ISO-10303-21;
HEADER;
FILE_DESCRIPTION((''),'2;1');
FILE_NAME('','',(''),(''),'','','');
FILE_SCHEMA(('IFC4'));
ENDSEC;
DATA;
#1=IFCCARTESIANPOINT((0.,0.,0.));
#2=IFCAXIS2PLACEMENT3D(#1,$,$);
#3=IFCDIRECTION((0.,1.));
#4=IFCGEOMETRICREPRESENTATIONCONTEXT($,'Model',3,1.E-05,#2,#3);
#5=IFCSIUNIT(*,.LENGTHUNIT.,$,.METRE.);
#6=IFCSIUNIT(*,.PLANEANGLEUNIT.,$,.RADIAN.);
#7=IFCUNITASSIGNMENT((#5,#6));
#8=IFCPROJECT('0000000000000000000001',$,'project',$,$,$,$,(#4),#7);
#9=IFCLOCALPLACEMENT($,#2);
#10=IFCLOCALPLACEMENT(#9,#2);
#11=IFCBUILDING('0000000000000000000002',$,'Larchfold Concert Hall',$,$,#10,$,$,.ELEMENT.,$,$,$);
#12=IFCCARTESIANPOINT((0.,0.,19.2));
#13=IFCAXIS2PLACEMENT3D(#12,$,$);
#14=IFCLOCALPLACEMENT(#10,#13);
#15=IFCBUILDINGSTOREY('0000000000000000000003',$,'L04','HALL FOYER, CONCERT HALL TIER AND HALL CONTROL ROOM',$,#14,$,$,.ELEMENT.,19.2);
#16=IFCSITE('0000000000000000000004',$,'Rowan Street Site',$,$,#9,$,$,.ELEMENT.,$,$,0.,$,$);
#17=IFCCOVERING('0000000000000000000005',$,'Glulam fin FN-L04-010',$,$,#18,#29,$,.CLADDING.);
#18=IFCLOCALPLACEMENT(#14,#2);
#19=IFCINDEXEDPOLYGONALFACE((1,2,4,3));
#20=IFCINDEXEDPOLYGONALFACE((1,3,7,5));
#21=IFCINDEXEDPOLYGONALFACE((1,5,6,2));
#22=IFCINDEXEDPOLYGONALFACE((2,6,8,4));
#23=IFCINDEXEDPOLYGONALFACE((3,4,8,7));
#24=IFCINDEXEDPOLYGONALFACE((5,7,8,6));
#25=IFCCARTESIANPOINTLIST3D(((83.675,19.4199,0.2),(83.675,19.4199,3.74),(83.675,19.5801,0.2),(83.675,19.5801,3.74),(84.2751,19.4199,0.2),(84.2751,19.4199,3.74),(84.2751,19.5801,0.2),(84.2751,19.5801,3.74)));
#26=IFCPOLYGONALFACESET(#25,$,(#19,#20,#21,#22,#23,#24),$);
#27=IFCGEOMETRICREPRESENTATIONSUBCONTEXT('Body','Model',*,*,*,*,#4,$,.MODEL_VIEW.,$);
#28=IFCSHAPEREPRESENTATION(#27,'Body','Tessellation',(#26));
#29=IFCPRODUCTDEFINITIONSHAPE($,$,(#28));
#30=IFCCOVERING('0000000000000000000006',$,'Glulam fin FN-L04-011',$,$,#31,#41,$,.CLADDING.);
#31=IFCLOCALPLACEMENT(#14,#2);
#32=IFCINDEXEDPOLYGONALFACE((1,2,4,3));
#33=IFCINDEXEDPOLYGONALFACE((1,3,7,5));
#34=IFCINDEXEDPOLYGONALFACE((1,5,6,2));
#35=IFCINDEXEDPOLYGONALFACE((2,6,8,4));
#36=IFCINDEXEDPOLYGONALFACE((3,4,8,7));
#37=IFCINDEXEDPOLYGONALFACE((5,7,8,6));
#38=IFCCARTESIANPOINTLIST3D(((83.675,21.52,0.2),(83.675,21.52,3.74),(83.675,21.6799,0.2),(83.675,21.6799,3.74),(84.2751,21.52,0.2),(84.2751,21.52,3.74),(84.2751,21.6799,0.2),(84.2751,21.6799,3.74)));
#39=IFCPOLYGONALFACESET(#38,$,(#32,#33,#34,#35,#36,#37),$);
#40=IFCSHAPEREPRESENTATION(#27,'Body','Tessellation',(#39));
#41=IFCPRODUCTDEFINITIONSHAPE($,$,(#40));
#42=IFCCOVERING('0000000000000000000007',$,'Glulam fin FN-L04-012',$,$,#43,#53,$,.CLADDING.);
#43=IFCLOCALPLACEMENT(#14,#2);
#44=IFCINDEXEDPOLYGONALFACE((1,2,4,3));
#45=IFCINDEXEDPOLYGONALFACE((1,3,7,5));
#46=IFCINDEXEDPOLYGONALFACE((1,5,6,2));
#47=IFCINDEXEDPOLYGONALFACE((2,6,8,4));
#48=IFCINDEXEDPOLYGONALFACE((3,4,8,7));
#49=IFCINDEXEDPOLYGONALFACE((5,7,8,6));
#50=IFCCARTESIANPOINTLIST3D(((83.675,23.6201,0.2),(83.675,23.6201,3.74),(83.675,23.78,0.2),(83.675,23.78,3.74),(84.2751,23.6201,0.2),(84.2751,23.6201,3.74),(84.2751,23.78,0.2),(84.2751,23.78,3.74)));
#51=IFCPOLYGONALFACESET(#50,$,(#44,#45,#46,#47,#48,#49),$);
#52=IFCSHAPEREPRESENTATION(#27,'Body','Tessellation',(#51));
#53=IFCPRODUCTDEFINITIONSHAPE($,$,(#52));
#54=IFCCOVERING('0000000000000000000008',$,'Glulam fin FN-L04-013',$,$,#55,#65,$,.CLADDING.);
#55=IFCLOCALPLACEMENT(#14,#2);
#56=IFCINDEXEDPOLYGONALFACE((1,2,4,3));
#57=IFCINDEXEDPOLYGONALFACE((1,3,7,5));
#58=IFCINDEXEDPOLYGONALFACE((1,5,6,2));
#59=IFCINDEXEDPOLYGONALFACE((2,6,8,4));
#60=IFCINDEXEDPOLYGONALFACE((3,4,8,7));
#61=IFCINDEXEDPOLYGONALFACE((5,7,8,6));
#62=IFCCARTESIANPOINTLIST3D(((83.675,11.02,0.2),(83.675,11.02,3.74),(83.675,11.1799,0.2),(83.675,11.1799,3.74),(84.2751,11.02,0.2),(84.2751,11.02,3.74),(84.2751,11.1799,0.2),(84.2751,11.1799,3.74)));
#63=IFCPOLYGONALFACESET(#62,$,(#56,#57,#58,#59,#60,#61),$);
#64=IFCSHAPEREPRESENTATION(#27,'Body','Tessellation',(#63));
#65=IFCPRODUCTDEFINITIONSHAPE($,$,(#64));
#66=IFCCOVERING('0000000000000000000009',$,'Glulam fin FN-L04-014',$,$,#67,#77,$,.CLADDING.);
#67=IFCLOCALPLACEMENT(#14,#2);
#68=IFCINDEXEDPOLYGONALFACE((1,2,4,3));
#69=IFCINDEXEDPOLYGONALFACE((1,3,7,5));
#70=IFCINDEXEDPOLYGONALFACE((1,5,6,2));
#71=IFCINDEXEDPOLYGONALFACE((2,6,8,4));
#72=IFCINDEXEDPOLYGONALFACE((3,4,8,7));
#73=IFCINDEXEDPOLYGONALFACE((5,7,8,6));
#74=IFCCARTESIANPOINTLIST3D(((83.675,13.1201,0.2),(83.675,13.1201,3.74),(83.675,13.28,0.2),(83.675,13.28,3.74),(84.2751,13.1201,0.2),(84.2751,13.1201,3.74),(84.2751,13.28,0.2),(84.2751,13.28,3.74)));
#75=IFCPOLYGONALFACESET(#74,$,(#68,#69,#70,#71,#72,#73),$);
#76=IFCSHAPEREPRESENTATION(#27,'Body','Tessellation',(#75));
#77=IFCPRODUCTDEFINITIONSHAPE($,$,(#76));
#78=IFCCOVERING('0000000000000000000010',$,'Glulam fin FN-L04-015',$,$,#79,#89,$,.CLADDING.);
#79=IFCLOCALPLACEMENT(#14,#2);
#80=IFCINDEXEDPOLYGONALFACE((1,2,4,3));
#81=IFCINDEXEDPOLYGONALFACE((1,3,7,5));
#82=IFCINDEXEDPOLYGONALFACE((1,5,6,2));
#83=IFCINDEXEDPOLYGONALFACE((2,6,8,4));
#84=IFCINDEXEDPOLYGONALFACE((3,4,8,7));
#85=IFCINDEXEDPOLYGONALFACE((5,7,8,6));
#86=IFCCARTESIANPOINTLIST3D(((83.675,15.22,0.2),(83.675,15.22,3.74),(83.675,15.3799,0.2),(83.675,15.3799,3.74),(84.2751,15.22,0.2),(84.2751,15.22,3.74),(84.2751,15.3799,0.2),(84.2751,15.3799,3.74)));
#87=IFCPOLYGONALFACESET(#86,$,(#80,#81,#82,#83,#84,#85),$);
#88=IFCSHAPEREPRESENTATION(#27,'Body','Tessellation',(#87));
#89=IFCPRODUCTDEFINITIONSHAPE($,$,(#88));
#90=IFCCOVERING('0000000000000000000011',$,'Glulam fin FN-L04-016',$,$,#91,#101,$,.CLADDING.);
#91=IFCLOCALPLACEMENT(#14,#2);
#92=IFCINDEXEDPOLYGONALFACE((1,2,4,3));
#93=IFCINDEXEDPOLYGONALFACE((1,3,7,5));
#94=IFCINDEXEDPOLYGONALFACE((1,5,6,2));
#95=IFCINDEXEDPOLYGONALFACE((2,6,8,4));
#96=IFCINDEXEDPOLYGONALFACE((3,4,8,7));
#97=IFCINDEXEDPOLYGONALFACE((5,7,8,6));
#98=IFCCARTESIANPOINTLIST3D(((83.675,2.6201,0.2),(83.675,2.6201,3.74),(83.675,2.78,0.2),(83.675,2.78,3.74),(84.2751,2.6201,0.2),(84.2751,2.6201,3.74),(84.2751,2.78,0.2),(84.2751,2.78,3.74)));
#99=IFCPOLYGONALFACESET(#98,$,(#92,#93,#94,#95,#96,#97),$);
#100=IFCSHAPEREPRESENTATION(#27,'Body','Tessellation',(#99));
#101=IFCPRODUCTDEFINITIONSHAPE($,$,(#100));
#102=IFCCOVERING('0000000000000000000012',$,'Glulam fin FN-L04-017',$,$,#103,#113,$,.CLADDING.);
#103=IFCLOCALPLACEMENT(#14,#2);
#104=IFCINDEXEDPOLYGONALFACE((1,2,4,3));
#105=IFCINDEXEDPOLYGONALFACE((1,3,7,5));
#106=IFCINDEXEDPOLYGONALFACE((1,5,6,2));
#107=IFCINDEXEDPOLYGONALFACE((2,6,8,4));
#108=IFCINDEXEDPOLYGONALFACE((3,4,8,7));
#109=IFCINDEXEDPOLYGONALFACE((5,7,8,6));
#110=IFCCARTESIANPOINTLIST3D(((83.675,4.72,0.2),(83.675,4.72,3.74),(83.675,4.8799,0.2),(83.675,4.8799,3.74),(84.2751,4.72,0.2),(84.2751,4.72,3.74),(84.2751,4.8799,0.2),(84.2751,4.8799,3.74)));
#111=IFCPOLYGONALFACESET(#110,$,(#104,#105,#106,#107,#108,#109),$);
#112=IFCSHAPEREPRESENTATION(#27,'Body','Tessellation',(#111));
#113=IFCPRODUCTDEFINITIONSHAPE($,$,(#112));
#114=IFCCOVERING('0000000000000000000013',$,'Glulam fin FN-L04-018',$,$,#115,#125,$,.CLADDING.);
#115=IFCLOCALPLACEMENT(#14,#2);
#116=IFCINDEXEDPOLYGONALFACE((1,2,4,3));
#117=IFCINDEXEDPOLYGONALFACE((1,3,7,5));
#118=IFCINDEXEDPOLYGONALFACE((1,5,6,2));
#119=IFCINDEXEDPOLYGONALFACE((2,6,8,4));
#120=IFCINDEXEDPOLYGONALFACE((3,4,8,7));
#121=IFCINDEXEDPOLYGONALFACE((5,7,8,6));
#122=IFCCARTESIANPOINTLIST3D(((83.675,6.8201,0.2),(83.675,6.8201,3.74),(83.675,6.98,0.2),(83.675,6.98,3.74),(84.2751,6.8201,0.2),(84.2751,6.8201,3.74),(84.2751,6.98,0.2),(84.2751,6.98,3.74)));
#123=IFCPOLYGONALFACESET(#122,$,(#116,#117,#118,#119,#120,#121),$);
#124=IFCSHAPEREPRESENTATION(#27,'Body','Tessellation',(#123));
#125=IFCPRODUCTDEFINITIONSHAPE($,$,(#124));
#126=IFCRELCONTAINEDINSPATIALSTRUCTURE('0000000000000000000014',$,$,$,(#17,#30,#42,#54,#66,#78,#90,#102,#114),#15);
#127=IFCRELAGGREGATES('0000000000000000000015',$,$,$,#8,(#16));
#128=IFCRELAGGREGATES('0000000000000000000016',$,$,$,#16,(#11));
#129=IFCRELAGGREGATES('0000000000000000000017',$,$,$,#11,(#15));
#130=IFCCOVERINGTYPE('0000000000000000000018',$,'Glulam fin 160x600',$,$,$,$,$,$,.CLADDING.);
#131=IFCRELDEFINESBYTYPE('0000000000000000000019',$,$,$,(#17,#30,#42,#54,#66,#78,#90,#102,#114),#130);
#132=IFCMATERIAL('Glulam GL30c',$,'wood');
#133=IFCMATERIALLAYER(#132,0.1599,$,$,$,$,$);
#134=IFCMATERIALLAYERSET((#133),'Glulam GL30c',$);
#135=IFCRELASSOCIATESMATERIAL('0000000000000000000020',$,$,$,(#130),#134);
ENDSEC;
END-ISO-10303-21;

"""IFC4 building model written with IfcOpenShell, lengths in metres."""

from ifc_helpers import new_model, si_unit, direction, frame, origin, place, context, subcontext, project, spatial, polyline, outline, extrude, material, layer, layer_set, type_object, element, save


model = new_model("IFC4")

# Units and contexts
model_context = context("Model", 3, precision=1e-05, world=origin(), true_north=direction((0.0, 1.0)))
body_context = subcontext(model_context, "Body", "Model", "MODEL_VIEW")
ifc_project = project(units=[si_unit("LENGTHUNIT", "METRE"), si_unit("PLANEANGLEUNIT", "RADIAN")], contexts=[model_context])

# Site, building, storey
site_placement = place(None, origin())
site = spatial("IfcSite", under=ifc_project, at=site_placement, Name="Rowan Street Site", CompositionType="ELEMENT", RefElevation=0.0)
building_placement = place(site_placement, origin())
building = spatial("IfcBuilding", under=site, at=building_placement, Name="Larchfold Concert Hall", CompositionType="ELEMENT")
storey_placement = place(building_placement, frame((0.0, 0.0, 19.2)))
storey = spatial("IfcBuildingStorey", under=building, at=storey_placement, Name="L04", Description="HALL FOYER, CONCERT HALL TIER AND HALL CONTROL ROOM", CompositionType="ELEMENT", Elevation=19.2)

# Coverings
ifc_material_1 = material(Name="Glulam GL30c", Category="wood")
ifc_layer_1 = layer(ifc_material_1, 0.1599)
ifc_layer_set_1 = layer_set([ifc_layer_1], Name="Glulam GL30c")
covering_type_1 = type_object("IfcCoveringType", Name="Glulam fin 160x600", PredefinedType="CLADDING", material=ifc_layer_set_1)
covering_1_placement = place(storey_placement, frame((0.0, 0.0, 0.2)))
element("IfcCovering", 1, at=covering_1_placement, inside=storey, type_object=covering_type_1, Name="Glulam fin FN-L04-010", PredefinedType="CLADDING", context=body_context, shape_type="SweptSolid", body=[
    extrude(outline(polyline([(84.2751, 19.4199), (84.2751, 19.5801), (83.675, 19.5801), (83.675, 19.4199), (84.2751, 19.4199)])), origin(), (0.0, 0.0, 1.0), 3.54),
])
covering_2_placement = place(storey_placement, frame((0.0, 0.0, 0.2)))
element("IfcCovering", 2, at=covering_2_placement, inside=storey, type_object=covering_type_1, Name="Glulam fin FN-L04-011", PredefinedType="CLADDING", context=body_context, shape_type="SweptSolid", body=[
    extrude(outline(polyline([(84.2751, 21.52), (84.2751, 21.6799), (83.675, 21.6799), (83.675, 21.52), (84.2751, 21.52)])), origin(), (0.0, 0.0, 1.0), 3.54),
])
covering_3_placement = place(storey_placement, frame((0.0, 0.0, 0.2)))
element("IfcCovering", 3, at=covering_3_placement, inside=storey, type_object=covering_type_1, Name="Glulam fin FN-L04-012", PredefinedType="CLADDING", context=body_context, shape_type="SweptSolid", body=[
    extrude(outline(polyline([(84.2751, 23.6201), (84.2751, 23.78), (83.675, 23.78), (83.675, 23.6201), (84.2751, 23.6201)])), origin(), (0.0, 0.0, 1.0), 3.54),
])
covering_4_placement = place(storey_placement, frame((0.0, 0.0, 0.2)))
element("IfcCovering", 4, at=covering_4_placement, inside=storey, type_object=covering_type_1, Name="Glulam fin FN-L04-013", PredefinedType="CLADDING", context=body_context, shape_type="SweptSolid", body=[
    extrude(outline(polyline([(84.2751, 11.02), (84.2751, 11.1799), (83.675, 11.1799), (83.675, 11.02), (84.2751, 11.02)])), origin(), (0.0, 0.0, 1.0), 3.54),
])
covering_5_placement = place(storey_placement, frame((0.0, 0.0, 0.2)))
element("IfcCovering", 5, at=covering_5_placement, inside=storey, type_object=covering_type_1, Name="Glulam fin FN-L04-014", PredefinedType="CLADDING", context=body_context, shape_type="SweptSolid", body=[
    extrude(outline(polyline([(84.2751, 13.1201), (84.2751, 13.28), (83.675, 13.28), (83.675, 13.1201), (84.2751, 13.1201)])), origin(), (0.0, 0.0, 1.0), 3.54),
])
covering_6_placement = place(storey_placement, frame((0.0, 0.0, 0.2)))
element("IfcCovering", 6, at=covering_6_placement, inside=storey, type_object=covering_type_1, Name="Glulam fin FN-L04-015", PredefinedType="CLADDING", context=body_context, shape_type="SweptSolid", body=[
    extrude(outline(polyline([(84.2751, 15.22), (84.2751, 15.3799), (83.675, 15.3799), (83.675, 15.22), (84.2751, 15.22)])), origin(), (0.0, 0.0, 1.0), 3.54),
])
covering_7_placement = place(storey_placement, frame((0.0, 0.0, 0.2)))
element("IfcCovering", 7, at=covering_7_placement, inside=storey, type_object=covering_type_1, Name="Glulam fin FN-L04-016", PredefinedType="CLADDING", context=body_context, shape_type="SweptSolid", body=[
    extrude(outline(polyline([(84.2751, 2.6201), (84.2751, 2.78), (83.675, 2.78), (83.675, 2.6201), (84.2751, 2.6201)])), origin(), (0.0, 0.0, 1.0), 3.54),
])
covering_8_placement = place(storey_placement, frame((0.0, 0.0, 0.2)))
element("IfcCovering", 8, at=covering_8_placement, inside=storey, type_object=covering_type_1, Name="Glulam fin FN-L04-017", PredefinedType="CLADDING", context=body_context, shape_type="SweptSolid", body=[
    extrude(outline(polyline([(84.2751, 4.72), (84.2751, 4.8799), (83.675, 4.8799), (83.675, 4.72), (84.2751, 4.72)])), origin(), (0.0, 0.0, 1.0), 3.54),
])
covering_9_placement = place(storey_placement, frame((0.0, 0.0, 0.2)))
element("IfcCovering", 9, at=covering_9_placement, inside=storey, type_object=covering_type_1, Name="Glulam fin FN-L04-018", PredefinedType="CLADDING", context=body_context, shape_type="SweptSolid", body=[
    extrude(outline(polyline([(84.2751, 6.8201), (84.2751, 6.98), (83.675, 6.98), (83.675, 6.8201), (84.2751, 6.8201)])), origin(), (0.0, 0.0, 1.0), 3.54),
])

save(model, "model.ifc")
